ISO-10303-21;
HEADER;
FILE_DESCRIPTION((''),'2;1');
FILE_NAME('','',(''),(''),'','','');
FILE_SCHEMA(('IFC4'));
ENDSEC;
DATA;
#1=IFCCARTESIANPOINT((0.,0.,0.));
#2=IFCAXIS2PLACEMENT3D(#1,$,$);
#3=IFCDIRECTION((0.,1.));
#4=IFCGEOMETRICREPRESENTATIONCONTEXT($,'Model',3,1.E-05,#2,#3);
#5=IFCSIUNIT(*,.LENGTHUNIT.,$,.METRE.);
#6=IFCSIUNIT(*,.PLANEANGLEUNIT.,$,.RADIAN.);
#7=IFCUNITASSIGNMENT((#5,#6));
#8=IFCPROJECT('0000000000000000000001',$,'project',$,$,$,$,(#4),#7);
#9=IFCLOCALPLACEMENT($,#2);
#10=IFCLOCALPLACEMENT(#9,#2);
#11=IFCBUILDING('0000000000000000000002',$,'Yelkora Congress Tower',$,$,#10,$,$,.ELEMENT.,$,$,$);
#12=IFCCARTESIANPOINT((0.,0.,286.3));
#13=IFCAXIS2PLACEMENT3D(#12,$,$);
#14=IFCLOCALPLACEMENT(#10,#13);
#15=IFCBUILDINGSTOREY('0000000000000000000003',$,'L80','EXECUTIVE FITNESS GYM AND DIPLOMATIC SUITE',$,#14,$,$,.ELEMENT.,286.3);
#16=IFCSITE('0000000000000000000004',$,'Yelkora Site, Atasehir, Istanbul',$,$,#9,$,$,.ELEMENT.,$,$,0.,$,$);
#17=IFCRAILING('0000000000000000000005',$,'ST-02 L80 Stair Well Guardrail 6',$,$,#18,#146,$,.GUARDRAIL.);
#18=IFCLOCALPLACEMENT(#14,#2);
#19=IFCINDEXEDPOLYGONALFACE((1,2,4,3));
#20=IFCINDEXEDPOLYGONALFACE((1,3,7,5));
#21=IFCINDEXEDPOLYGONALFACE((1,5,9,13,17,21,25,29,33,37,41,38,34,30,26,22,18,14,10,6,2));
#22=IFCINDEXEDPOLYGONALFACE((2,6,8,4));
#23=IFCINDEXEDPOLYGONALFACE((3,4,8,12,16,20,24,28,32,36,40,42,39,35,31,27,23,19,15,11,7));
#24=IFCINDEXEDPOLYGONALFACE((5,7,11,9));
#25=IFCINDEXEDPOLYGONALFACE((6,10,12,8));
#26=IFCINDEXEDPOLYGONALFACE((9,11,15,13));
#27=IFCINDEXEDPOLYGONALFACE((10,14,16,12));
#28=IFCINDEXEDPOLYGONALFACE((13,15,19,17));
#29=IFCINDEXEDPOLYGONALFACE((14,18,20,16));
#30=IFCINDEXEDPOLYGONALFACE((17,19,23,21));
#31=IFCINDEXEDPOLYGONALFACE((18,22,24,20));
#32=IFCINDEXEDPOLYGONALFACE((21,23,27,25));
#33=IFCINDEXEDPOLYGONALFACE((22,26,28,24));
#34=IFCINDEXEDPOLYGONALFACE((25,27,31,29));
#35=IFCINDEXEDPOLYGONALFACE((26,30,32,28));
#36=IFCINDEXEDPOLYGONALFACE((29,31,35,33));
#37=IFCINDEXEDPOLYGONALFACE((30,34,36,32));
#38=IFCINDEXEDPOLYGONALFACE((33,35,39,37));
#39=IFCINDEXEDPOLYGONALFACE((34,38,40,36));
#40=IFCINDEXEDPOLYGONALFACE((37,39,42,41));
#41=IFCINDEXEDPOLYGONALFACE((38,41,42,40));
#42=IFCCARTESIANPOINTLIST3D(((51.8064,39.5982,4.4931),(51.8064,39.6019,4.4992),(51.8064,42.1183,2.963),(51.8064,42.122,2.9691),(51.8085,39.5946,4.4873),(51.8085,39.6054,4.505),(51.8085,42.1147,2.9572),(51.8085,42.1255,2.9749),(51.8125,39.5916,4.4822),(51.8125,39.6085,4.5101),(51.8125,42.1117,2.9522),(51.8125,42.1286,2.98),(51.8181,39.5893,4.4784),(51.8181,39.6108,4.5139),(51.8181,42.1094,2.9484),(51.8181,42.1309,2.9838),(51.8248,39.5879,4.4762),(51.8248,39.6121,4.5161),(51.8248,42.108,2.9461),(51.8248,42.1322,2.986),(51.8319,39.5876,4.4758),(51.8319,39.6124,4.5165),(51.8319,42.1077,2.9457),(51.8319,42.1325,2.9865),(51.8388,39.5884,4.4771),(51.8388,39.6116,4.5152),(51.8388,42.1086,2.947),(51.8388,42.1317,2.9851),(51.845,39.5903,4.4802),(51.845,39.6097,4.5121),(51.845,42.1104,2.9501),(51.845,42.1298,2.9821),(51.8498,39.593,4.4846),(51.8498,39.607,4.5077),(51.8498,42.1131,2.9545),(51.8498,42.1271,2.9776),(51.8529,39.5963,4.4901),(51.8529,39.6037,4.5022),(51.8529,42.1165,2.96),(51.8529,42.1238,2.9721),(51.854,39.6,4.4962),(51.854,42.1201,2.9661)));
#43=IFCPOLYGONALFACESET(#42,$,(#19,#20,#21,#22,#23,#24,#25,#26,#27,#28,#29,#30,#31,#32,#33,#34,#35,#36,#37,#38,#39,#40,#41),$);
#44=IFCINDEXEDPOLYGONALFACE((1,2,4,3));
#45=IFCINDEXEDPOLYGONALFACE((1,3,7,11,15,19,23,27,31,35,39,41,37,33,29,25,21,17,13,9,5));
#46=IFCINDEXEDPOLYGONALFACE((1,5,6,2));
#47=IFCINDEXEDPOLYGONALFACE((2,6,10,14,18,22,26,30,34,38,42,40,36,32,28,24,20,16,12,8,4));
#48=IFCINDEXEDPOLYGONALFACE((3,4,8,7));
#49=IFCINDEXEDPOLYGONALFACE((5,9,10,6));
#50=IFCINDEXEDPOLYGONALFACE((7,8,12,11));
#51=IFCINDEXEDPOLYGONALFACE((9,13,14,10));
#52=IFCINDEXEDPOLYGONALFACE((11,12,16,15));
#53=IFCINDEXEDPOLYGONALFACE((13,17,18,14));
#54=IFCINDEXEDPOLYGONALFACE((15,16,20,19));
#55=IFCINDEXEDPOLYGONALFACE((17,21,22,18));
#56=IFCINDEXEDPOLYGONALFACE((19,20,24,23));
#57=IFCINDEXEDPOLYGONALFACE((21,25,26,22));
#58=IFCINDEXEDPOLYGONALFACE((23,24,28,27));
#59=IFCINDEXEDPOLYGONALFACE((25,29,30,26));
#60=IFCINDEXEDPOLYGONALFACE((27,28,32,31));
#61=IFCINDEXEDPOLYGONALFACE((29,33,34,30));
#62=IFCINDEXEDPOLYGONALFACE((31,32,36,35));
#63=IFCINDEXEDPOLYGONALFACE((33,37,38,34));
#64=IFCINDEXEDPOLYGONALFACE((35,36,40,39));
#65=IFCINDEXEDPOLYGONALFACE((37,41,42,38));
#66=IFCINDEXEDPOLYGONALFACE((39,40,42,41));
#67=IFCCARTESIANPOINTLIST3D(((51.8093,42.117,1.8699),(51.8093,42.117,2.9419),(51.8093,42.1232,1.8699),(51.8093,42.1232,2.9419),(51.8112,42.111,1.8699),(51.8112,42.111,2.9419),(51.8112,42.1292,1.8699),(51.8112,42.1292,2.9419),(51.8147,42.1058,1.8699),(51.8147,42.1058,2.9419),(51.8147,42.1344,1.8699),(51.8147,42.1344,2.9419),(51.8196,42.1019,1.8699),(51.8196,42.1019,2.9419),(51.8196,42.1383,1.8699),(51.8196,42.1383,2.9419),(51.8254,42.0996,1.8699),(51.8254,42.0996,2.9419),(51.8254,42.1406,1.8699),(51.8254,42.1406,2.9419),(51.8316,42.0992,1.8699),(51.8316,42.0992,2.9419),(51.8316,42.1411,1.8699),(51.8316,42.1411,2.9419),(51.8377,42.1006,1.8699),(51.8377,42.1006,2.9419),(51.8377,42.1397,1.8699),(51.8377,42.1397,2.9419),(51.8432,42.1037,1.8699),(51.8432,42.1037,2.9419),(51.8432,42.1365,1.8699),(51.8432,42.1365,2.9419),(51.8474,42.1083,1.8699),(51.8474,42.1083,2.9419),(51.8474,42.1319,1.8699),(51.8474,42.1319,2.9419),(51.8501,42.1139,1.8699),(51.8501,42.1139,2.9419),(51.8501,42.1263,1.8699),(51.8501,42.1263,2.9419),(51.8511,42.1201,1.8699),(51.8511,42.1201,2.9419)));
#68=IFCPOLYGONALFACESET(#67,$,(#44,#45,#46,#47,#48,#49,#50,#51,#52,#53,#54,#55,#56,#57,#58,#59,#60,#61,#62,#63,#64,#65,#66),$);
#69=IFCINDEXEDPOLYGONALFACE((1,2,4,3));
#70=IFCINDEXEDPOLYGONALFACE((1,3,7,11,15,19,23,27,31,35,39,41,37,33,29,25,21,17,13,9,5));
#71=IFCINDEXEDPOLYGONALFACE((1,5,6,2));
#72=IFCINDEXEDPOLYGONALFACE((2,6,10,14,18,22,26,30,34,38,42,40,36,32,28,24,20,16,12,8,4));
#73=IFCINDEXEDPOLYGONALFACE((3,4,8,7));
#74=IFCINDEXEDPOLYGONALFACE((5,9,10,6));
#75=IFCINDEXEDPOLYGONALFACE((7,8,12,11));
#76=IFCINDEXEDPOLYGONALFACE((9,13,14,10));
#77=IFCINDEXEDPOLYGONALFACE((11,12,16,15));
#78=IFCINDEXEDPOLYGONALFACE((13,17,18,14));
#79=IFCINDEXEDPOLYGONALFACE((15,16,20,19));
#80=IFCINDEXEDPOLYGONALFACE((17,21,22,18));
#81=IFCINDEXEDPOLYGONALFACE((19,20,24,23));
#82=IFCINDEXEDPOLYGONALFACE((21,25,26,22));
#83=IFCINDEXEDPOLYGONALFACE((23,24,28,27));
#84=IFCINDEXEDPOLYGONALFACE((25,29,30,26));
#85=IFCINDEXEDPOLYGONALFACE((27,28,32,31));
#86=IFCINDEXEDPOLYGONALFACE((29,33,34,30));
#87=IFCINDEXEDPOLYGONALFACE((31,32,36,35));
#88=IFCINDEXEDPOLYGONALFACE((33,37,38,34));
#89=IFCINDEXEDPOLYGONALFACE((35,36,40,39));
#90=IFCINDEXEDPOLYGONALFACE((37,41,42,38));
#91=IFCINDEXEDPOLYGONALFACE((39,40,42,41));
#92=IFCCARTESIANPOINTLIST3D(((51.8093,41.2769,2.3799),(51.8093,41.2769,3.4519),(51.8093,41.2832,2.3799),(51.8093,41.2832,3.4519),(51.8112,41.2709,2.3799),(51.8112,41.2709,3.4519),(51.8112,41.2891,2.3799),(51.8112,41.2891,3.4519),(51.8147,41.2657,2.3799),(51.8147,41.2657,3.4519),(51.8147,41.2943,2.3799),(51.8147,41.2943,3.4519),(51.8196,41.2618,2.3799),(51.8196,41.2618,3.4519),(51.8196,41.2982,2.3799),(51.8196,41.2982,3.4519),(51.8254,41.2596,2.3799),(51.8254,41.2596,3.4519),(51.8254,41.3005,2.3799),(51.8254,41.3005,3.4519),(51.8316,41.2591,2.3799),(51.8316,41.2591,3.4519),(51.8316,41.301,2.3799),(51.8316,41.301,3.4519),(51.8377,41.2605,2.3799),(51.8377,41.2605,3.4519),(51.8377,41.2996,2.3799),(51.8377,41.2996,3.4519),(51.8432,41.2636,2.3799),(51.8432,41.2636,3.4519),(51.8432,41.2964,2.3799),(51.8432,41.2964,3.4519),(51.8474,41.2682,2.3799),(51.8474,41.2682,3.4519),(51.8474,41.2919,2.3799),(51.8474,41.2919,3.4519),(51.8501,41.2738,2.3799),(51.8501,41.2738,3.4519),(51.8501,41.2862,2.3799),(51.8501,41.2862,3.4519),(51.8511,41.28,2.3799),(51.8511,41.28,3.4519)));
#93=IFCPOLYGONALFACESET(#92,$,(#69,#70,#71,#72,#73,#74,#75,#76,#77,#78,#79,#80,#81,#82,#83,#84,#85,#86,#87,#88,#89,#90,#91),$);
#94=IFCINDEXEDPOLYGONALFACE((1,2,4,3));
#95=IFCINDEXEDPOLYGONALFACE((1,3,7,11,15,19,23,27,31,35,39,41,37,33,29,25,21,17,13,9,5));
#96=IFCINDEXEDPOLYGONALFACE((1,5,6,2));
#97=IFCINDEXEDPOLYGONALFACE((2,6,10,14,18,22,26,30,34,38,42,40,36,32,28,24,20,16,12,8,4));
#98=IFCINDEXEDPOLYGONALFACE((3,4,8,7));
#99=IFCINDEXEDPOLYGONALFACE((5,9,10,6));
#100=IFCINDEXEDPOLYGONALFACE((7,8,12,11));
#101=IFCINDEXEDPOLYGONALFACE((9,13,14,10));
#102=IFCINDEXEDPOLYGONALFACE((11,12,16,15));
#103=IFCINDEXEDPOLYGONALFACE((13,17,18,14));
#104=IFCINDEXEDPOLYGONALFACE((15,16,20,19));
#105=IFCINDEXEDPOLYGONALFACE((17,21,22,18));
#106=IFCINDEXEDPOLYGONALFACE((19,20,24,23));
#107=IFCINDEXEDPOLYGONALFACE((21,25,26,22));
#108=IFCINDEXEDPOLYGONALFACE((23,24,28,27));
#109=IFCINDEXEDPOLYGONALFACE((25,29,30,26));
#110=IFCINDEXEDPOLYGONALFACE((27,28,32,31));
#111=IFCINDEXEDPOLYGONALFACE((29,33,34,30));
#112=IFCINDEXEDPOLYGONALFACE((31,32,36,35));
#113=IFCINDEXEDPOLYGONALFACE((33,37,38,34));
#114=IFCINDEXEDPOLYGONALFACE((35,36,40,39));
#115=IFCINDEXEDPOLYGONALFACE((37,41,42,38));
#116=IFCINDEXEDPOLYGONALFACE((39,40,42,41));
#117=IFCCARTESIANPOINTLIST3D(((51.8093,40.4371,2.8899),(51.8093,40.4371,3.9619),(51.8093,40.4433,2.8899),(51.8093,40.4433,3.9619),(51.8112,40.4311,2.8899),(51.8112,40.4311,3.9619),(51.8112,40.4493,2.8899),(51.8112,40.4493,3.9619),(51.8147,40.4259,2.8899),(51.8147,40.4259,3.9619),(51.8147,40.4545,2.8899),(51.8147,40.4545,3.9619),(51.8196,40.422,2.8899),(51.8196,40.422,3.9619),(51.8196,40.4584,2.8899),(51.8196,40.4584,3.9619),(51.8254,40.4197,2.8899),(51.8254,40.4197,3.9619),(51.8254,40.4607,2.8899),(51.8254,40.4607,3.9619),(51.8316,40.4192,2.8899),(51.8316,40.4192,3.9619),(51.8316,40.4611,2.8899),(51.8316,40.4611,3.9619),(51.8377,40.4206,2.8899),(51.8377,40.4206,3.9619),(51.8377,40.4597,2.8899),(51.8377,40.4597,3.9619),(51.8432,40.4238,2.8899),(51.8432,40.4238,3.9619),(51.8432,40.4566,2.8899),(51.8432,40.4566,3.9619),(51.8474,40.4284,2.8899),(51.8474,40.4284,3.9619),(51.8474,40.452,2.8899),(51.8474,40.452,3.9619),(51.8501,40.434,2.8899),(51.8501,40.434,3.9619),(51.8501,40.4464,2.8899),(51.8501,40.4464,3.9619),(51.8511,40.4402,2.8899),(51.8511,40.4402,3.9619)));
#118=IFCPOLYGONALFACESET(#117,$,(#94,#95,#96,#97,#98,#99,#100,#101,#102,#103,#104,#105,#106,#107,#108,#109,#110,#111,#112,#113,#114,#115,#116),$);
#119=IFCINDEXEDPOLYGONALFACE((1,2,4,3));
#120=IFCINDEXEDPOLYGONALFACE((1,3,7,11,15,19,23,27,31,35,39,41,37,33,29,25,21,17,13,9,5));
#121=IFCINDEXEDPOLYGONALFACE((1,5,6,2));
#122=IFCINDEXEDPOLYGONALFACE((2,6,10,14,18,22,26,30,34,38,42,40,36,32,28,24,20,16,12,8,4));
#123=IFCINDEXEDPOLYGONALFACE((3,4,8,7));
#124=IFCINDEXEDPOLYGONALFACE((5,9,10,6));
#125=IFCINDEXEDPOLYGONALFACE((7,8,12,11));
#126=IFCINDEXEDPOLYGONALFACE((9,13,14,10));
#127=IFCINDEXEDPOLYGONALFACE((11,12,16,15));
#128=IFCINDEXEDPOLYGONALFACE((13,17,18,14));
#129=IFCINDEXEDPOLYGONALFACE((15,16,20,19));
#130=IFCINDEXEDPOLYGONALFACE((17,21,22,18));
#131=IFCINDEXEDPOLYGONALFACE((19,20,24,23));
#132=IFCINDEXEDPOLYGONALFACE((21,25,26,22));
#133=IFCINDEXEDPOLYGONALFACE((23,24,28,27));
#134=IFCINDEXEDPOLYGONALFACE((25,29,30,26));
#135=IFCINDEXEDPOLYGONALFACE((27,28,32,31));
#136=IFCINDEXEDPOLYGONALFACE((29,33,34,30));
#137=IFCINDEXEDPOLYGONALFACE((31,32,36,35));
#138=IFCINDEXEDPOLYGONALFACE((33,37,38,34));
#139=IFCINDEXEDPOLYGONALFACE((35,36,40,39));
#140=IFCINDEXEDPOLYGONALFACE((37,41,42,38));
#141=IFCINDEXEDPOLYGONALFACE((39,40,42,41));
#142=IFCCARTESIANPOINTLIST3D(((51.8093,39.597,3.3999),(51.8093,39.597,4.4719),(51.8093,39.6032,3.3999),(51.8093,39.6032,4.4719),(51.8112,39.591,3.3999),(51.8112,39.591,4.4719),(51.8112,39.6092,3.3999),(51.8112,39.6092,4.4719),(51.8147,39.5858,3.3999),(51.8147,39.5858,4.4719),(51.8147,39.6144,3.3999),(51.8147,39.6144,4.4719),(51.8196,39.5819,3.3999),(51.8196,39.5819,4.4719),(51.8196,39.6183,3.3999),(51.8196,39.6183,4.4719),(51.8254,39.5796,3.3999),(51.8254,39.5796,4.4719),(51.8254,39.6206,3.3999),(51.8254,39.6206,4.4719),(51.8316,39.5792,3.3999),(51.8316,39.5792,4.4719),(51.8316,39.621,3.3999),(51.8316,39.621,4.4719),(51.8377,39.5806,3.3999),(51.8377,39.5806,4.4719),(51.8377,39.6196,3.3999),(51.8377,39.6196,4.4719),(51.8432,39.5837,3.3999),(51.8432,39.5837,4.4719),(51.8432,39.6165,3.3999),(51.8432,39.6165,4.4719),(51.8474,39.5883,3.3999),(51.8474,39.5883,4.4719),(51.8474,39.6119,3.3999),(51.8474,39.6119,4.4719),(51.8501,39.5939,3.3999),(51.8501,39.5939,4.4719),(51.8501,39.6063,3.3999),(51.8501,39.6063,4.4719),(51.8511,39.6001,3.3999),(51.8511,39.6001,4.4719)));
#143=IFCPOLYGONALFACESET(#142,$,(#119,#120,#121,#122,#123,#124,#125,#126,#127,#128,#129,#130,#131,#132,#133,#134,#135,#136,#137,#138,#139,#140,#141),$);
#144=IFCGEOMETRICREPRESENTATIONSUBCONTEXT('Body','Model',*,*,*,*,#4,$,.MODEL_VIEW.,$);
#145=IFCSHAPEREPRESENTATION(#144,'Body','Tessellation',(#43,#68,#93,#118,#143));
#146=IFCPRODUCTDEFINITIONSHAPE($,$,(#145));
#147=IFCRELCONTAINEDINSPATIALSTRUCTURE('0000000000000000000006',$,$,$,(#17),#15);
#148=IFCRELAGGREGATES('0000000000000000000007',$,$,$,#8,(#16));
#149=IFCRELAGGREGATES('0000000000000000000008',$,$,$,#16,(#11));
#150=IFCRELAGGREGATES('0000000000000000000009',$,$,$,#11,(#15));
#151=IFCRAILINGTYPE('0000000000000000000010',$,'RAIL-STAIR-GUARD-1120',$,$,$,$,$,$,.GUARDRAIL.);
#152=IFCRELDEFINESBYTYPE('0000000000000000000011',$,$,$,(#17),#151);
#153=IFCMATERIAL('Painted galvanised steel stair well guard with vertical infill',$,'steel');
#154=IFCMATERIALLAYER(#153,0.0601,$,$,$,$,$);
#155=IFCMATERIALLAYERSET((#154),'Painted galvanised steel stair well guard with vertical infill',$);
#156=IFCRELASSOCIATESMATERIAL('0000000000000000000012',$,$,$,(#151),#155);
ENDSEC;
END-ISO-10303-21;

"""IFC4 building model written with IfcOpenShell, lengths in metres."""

from ifc_helpers import new_model, si_unit, direction, frame, origin, origin_2d, place, context, subcontext, project, spatial, circle, extrude, material, layer, layer_set, type_object, element, save


model = new_model("IFC4")

# Units and contexts
model_context = context("Model", 3, precision=1e-05, world=origin(), true_north=direction((0.0, 1.0)))
body_context = subcontext(model_context, "Body", "Model", "MODEL_VIEW")
ifc_project = project(units=[si_unit("LENGTHUNIT", "METRE"), si_unit("PLANEANGLEUNIT", "RADIAN")], contexts=[model_context])

# Site, building, storey
site_placement = place(None, origin())
site = spatial("IfcSite", under=ifc_project, at=site_placement, Name="Yelkora Site, Atasehir, Istanbul", CompositionType="ELEMENT", RefElevation=0.0)
building_placement = place(site_placement, origin())
building = spatial("IfcBuilding", under=site, at=building_placement, Name="Yelkora Congress Tower", CompositionType="ELEMENT")
storey_placement = place(building_placement, frame((0.0, 0.0, 286.3)))
storey = spatial("IfcBuildingStorey", under=building, at=storey_placement, Name="L80", Description="EXECUTIVE FITNESS GYM AND DIPLOMATIC SUITE", CompositionType="ELEMENT", Elevation=286.3)

# Railing
ifc_material_1 = material(Name="Painted galvanised steel stair well guard with vertical infill", Category="steel")
ifc_layer_1 = layer(ifc_material_1, 0.0601)
ifc_layer_set_1 = layer_set([ifc_layer_1], Name="Painted galvanised steel stair well guard with vertical infill")
railing_type = type_object("IfcRailingType", Name="RAIL-STAIR-GUARD-1120", PredefinedType="GUARDRAIL", material=ifc_layer_set_1)
railing_1_placement = place(storey_placement, frame((51.8301, 42.1201, 1.8699)))
element("IfcRailing", 1, at=railing_1_placement, inside=storey, type_object=railing_type, Name="ST-02 L80 Stair Well Guardrail 6", PredefinedType="GUARDRAIL", context=body_context, shape_type="SweptSolid", body=[
    extrude(circle(Radius=0.0239, at=origin_2d()), frame((0.0, 0.0, 1.0962), z_axis=(0.0, -0.854785, 0.518982), x_axis=(1.0, 0.0, 0.0)), (0.0, 0.0, 1.0), 2.9482),
    extrude(circle(Radius=0.021, at=origin_2d()), origin(), (0.0, 0.0, 1.0), 1.072),
    extrude(circle(Radius=0.021, at=origin_2d()), frame((0.0, -0.8401, 0.51)), (0.0, 0.0, 1.0), 1.072),
    extrude(circle(Radius=0.021, at=origin_2d()), frame((0.0, -1.6799, 1.02)), (0.0, 0.0, 1.0), 1.072),
    extrude(circle(Radius=0.021, at=origin_2d()), frame((0.0, -2.52, 1.53)), (0.0, 0.0, 1.0), 1.072),
])

save(model, "model.ifc")
